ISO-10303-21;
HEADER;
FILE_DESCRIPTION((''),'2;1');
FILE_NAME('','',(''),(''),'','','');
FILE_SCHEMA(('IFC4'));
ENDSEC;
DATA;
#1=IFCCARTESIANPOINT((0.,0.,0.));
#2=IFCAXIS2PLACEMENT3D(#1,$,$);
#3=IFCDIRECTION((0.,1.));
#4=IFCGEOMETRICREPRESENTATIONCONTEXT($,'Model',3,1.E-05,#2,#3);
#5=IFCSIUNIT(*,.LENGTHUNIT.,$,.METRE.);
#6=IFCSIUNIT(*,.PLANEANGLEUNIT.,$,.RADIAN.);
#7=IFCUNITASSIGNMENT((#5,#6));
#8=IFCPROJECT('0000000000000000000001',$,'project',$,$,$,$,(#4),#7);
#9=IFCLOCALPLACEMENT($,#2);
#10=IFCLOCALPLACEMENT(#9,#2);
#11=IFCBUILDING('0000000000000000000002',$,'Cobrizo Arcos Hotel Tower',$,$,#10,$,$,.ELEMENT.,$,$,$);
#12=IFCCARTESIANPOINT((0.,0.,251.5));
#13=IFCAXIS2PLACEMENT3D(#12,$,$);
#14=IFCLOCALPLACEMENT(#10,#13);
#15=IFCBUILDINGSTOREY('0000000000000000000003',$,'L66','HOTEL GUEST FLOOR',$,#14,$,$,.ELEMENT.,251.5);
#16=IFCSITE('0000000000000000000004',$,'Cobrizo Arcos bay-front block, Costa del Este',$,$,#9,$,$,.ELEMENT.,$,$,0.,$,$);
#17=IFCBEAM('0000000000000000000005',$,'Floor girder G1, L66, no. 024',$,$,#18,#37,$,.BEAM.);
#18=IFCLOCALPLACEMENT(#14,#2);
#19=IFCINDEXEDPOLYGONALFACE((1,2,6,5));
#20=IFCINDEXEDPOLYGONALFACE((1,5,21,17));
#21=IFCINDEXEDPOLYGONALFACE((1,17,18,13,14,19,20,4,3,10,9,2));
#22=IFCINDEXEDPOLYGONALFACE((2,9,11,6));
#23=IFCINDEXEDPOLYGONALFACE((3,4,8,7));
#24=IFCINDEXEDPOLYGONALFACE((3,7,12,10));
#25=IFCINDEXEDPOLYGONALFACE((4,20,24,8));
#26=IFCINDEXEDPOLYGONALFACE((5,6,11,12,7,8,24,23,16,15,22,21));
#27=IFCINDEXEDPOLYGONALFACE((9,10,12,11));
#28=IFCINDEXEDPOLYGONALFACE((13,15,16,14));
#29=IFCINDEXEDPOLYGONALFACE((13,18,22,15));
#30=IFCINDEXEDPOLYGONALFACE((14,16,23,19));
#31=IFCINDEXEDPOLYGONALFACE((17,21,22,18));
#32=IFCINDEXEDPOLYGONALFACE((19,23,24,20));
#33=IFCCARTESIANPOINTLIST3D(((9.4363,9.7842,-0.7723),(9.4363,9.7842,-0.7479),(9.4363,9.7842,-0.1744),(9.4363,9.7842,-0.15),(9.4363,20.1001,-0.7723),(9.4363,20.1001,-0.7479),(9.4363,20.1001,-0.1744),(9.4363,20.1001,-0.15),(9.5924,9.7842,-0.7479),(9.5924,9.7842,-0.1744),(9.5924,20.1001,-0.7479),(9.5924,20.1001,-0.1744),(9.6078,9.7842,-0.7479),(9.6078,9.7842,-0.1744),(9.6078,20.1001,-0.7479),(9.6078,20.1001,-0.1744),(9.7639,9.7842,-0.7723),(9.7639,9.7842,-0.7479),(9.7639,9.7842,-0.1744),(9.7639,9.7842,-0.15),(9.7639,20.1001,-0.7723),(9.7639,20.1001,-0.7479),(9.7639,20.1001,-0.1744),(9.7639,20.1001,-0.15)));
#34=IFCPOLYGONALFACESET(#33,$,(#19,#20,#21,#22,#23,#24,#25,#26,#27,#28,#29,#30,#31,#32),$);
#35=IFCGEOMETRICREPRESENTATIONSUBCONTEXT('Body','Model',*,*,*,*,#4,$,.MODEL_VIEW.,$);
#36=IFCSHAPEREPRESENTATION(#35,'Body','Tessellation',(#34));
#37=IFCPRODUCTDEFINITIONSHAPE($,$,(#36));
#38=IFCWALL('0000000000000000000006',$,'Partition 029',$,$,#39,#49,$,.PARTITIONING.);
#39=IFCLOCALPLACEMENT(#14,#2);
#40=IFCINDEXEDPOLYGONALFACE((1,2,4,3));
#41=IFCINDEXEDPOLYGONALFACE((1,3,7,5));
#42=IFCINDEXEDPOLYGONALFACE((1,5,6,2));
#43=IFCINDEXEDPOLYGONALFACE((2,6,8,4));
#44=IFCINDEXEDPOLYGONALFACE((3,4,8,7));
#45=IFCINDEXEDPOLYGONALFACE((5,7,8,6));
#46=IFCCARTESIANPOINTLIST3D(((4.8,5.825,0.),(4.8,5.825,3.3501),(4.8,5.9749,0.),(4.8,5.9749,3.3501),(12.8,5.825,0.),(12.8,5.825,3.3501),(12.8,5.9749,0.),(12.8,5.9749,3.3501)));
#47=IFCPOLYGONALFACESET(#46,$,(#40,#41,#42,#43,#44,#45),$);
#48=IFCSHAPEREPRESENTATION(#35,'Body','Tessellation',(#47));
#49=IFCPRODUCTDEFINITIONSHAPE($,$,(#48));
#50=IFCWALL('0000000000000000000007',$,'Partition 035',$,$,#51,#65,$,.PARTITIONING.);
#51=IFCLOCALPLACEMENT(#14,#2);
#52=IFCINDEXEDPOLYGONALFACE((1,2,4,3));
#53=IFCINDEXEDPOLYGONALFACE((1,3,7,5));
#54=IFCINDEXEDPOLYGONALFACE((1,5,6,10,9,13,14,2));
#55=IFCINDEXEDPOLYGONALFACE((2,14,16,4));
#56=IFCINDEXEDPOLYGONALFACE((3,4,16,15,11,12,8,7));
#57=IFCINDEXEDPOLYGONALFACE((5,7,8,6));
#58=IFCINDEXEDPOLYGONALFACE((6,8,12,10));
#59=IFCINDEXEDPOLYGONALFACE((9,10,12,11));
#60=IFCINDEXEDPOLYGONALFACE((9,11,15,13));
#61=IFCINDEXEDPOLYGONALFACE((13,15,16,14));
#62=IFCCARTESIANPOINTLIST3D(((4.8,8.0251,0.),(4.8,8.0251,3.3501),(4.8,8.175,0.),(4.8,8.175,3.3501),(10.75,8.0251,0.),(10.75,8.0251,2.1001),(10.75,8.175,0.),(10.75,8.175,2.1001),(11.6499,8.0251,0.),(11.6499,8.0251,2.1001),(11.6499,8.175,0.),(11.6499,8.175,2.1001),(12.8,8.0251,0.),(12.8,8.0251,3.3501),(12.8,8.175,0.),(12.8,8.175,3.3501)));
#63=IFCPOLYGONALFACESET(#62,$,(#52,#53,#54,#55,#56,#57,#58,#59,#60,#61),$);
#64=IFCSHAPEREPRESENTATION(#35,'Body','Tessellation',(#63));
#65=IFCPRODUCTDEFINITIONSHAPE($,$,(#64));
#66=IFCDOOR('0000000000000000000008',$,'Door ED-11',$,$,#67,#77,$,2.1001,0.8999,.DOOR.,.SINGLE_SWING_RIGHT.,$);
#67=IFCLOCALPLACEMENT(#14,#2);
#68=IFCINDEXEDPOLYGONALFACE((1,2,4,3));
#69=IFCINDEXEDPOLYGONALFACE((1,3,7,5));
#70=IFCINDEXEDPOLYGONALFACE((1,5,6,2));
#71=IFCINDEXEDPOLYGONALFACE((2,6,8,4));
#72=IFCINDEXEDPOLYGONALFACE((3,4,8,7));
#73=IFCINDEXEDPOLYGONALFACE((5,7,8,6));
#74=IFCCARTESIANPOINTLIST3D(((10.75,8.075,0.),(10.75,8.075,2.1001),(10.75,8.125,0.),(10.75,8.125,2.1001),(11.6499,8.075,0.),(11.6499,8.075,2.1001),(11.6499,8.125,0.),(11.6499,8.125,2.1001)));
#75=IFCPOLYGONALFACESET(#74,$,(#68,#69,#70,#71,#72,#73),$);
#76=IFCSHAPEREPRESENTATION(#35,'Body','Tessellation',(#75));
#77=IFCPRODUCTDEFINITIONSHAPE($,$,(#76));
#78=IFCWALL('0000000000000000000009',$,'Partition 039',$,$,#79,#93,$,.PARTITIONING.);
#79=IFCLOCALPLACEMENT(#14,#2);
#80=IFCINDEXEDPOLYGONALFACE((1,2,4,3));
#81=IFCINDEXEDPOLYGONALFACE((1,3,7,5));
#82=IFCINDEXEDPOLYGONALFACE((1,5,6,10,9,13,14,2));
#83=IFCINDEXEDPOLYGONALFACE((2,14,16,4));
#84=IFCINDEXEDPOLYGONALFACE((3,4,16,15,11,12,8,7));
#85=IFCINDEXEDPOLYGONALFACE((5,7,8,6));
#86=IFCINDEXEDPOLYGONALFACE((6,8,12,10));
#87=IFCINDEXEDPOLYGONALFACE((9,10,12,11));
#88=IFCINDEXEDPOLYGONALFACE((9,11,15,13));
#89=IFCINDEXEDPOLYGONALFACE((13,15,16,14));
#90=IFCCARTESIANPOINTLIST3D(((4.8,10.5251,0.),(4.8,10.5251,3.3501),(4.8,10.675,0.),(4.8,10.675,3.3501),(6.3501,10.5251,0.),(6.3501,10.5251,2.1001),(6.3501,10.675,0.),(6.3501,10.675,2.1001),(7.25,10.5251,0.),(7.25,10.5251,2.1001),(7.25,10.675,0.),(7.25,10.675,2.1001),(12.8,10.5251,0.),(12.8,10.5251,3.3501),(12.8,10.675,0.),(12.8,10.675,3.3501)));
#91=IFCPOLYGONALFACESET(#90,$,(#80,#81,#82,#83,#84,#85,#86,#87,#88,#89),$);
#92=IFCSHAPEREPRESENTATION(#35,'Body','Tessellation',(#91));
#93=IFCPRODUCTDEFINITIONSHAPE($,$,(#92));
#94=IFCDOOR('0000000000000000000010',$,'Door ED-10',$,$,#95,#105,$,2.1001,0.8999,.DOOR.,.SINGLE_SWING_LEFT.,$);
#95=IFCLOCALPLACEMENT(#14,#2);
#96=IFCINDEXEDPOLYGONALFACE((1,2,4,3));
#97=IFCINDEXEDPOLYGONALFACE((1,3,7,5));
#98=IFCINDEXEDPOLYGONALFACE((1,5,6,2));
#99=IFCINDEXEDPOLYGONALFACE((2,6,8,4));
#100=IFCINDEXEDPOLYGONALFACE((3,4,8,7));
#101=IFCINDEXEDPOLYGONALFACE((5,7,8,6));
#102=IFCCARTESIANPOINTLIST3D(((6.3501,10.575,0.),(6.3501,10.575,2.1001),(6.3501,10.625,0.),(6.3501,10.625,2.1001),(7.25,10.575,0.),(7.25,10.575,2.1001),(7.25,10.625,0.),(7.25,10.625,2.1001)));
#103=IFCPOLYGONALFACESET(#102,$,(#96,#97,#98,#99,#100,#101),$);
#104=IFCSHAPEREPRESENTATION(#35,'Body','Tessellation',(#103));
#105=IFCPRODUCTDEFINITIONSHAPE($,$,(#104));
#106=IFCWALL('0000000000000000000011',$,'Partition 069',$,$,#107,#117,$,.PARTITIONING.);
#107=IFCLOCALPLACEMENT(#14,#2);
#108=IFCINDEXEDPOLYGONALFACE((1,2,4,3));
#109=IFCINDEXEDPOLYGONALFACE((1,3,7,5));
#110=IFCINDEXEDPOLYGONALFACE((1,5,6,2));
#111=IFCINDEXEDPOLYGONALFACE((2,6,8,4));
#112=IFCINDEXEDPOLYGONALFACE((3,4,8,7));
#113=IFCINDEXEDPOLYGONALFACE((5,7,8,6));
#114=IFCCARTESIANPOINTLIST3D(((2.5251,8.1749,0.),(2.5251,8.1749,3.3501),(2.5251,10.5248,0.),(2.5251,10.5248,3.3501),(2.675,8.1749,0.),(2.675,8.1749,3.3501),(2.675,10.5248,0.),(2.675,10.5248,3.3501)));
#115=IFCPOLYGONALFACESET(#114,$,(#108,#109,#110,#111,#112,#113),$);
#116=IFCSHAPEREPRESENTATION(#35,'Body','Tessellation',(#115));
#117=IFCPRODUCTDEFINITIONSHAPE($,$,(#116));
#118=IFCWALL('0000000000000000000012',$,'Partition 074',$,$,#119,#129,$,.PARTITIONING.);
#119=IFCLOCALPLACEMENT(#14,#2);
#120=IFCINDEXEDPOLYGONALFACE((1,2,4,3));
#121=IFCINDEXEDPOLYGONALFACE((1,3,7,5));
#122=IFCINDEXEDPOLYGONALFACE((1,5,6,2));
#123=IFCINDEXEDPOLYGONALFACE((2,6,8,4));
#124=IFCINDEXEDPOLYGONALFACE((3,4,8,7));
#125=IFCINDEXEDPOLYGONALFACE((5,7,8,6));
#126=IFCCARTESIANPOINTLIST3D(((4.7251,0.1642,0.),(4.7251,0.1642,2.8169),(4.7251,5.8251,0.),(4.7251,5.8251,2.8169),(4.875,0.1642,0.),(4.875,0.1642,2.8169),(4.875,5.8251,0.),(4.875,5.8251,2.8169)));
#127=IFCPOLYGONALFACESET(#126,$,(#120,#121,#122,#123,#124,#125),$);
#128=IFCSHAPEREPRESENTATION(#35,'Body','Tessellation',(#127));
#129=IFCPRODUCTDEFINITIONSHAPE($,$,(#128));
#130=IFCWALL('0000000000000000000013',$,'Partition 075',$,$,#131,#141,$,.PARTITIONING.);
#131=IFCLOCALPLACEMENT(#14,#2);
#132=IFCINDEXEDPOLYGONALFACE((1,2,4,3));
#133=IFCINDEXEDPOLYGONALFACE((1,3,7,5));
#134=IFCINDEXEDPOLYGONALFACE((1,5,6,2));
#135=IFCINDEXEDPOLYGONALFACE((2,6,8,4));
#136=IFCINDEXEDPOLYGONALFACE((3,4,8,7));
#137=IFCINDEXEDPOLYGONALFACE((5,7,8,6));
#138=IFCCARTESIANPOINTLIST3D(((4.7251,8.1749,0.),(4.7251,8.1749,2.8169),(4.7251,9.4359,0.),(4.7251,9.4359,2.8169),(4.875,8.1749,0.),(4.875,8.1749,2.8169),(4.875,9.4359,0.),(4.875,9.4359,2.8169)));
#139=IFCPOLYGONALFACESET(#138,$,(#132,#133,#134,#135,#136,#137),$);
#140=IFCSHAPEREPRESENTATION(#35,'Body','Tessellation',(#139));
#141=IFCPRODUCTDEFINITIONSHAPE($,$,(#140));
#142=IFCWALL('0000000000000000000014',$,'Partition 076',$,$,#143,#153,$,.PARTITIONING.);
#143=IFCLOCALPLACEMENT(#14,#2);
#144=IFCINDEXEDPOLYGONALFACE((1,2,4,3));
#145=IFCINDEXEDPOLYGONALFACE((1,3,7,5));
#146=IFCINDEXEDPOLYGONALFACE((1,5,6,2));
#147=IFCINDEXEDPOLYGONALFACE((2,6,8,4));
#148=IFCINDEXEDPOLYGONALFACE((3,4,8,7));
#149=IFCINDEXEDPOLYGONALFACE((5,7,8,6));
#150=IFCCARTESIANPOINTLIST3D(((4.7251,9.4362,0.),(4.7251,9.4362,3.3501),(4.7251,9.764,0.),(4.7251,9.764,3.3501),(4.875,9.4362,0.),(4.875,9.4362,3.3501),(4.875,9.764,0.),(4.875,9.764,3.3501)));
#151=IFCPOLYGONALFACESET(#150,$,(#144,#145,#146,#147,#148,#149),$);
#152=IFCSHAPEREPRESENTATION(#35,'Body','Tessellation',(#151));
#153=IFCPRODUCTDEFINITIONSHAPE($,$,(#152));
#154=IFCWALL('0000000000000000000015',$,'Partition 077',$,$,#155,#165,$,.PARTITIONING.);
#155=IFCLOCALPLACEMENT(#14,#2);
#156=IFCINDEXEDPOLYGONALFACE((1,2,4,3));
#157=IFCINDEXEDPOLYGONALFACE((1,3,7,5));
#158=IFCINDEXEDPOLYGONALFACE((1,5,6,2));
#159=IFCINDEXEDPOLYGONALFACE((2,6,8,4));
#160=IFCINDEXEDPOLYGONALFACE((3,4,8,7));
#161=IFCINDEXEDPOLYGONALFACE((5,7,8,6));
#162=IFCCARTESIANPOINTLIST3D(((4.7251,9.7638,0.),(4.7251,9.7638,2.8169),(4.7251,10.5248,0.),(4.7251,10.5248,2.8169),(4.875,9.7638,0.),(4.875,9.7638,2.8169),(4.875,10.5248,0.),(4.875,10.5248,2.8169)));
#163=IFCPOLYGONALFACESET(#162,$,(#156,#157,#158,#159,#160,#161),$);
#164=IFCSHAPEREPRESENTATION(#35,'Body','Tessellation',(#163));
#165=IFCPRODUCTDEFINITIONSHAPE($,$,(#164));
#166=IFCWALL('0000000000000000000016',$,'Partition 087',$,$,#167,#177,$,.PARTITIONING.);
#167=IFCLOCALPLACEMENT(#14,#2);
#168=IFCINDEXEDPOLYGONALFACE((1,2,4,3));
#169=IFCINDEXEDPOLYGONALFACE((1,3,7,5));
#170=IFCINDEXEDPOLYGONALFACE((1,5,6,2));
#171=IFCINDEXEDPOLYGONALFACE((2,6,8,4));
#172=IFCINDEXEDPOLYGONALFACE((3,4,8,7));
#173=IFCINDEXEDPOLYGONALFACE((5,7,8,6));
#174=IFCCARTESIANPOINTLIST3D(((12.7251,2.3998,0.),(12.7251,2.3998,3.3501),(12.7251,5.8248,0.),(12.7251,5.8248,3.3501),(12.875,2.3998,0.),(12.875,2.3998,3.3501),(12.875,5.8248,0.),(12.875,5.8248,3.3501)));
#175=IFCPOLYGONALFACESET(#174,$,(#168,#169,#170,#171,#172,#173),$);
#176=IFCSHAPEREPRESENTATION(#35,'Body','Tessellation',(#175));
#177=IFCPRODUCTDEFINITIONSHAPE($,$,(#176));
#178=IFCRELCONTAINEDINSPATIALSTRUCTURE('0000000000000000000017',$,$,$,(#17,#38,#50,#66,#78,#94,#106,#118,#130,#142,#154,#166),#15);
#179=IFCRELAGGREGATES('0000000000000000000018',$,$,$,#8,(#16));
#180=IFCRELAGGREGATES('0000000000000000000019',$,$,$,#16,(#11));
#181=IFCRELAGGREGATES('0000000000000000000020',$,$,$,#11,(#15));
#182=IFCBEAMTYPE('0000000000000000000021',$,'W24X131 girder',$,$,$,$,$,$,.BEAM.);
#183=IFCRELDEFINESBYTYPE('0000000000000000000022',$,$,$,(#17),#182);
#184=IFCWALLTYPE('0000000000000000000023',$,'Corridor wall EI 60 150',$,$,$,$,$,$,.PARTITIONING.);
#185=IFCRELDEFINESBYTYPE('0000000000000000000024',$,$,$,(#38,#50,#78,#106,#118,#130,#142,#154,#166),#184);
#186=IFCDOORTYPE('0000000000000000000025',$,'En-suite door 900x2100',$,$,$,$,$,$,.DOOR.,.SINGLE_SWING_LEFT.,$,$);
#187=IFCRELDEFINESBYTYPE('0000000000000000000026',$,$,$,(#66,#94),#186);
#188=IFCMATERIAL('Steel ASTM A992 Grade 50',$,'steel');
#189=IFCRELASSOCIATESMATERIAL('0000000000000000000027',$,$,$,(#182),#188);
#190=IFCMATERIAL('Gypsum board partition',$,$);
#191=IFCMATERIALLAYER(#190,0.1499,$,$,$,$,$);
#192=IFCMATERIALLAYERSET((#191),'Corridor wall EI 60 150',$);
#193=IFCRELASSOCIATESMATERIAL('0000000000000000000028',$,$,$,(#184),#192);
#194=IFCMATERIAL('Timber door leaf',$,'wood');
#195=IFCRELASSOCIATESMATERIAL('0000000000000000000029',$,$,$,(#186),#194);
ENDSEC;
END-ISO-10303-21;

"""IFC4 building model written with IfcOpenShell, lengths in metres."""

from ifc_helpers import new_model, si_unit, direction, frame, frame_2d, origin, origin_2d, place, context, subcontext, project, spatial, rectangle, i_section, extrude, material, layer, layer_set, material_profile, profile_set, type_object, element, fill, save


model = new_model("IFC4")

# Units and contexts
model_context = context("Model", 3, precision=1e-05, world=origin(), true_north=direction((0.0, 1.0)))
body_context = subcontext(model_context, "Body", "Model", "MODEL_VIEW")
ifc_project = project(units=[si_unit("LENGTHUNIT", "METRE"), si_unit("PLANEANGLEUNIT", "RADIAN")], contexts=[model_context])

# Site, building, storey
site_placement = place(None, origin())
site = spatial("IfcSite", under=ifc_project, at=site_placement, Name="Cobrizo Arcos bay-front block, Costa del Este", CompositionType="ELEMENT", RefElevation=0.0)
building_placement = place(site_placement, origin())
building = spatial("IfcBuilding", under=site, at=building_placement, Name="Cobrizo Arcos Hotel Tower", CompositionType="ELEMENT")
storey_placement = place(building_placement, frame((0.0, 0.0, 251.5)))
storey = spatial("IfcBuildingStorey", under=building, at=storey_placement, Name="L66", Description="HOTEL GUEST FLOOR", CompositionType="ELEMENT", Elevation=251.5)

# Shared definitions
ifc_material_1 = material(Name="Steel ASTM A992 Grade 50", Category="steel")

# Beam
ifc_material_profile_1 = material_profile(ifc_material_1, i_section(OverallWidth=0.3276, OverallDepth=0.6223, WebThickness=0.0154, FlangeThickness=0.0244, at=origin_2d()), Name="W24X131")
ifc_profile_set_1 = profile_set([ifc_material_profile_1], Name="Steel ASTM A992 Grade 50")
beam_type_1 = type_object("IfcBeamType", Name="W24X131 girder", PredefinedType="BEAM", material=ifc_profile_set_1)
beam_1_placement = place(storey_placement, frame((9.6001, 9.7842, -0.4612), z_axis=(0.0, 1.0, 0.0), x_axis=(-1.0, 0.0, 0.0)))
element("IfcBeam", 1, at=beam_1_placement, inside=storey, type_object=beam_type_1, Name="Floor girder G1, L66, no. 024", PredefinedType="BEAM", context=body_context, shape_type="SweptSolid", body=[
    extrude(i_section(OverallWidth=0.3276, OverallDepth=0.6223, WebThickness=0.0154, FlangeThickness=0.0244, at=origin_2d()), origin(), (0.0, 0.0, 1.0), 10.3159),
])

# Wall
ifc_material_2 = material(Name="Gypsum board partition")
ifc_layer_1 = layer(ifc_material_2, 0.1499)
ifc_layer_set_1 = layer_set([ifc_layer_1], Name="Corridor wall EI 60 150")
wall_type_1 = type_object("IfcWallType", Name="Corridor wall EI 60 150", PredefinedType="PARTITIONING", material=ifc_layer_set_1)
wall_1_placement = place(storey_placement, frame((4.8, 5.8999, 0.0), z_axis=(0.0, 0.0, 1.0), x_axis=(1.0, 0.0, 0.0)))
element("IfcWall", 2, at=wall_1_placement, inside=storey, type_object=wall_type_1, Name="Partition 029", PredefinedType="PARTITIONING", context=body_context, shape_type="SweptSolid", body=[
    extrude(rectangle(XDim=8.0, YDim=0.1499, at=frame_2d((4.0, 0.0))), origin(), (0.0, 0.0, 1.0), 3.3501),
])

# Walls, openings, doors
wall_2_placement = place(storey_placement, frame((4.8, 8.1001, 0.0), z_axis=(0.0, 0.0, 1.0), x_axis=(1.0, 0.0, 0.0)))
wall_2 = element("IfcWall", 3, at=wall_2_placement, inside=storey, type_object=wall_type_1, Name="Partition 035", PredefinedType="PARTITIONING", context=body_context, shape_type="SweptSolid", body=[
    extrude(rectangle(XDim=8.0, YDim=0.1499, at=frame_2d((4.0, 0.0))), origin(), (0.0, 0.0, 1.0), 3.3501),
])
opening_1_placement = place(wall_2_placement, frame((5.95, 0.0, 0.0)))
opening_1 = element("IfcOpeningElement", 4, at=opening_1_placement, cuts=wall_2, PredefinedType="OPENING", context=body_context, shape_type="SweptSolid", body=[
    extrude(rectangle(XDim=0.8999, YDim=2.1001, at=frame_2d((0.45, 1.05))), frame((0.0, 0.0869, 0.0), z_axis=(0.0, -1.0, 0.0), x_axis=(1.0, 0.0, 0.0)), (0.0, 0.0, 1.0), 0.1738),
])
ifc_material_3 = material(Name="Timber door leaf", Category="wood")
door_type_1 = type_object("IfcDoorType", Name="En-suite door 900x2100", OperationType="SINGLE_SWING_LEFT", PredefinedType="DOOR", material=ifc_material_3)
door_1_placement = place(opening_1_placement, origin())
door_1 = element("IfcDoor", 5, at=door_1_placement, inside=storey, type_object=door_type_1, Name="Door ED-11", OperationType="SINGLE_SWING_RIGHT", OverallHeight=2.1001, OverallWidth=0.8999, PredefinedType="DOOR", context=body_context, shape_type="SweptSolid", body=[
    extrude(rectangle(XDim=0.8999, YDim=2.1001, at=frame_2d((0.45, 1.05))), frame((0.0, 0.0249, 0.0), z_axis=(0.0, -1.0, 0.0), x_axis=(1.0, 0.0, 0.0)), (0.0, 0.0, 1.0), 0.05),
])
fill(opening_1, door_1)
wall_3_placement = place(storey_placement, frame((4.8, 10.6001, 0.0), z_axis=(0.0, 0.0, 1.0), x_axis=(1.0, 0.0, 0.0)))
wall_3 = element("IfcWall", 6, at=wall_3_placement, inside=storey, type_object=wall_type_1, Name="Partition 039", PredefinedType="PARTITIONING", context=body_context, shape_type="SweptSolid", body=[
    extrude(rectangle(XDim=8.0, YDim=0.1499, at=frame_2d((4.0, 0.0))), origin(), (0.0, 0.0, 1.0), 3.3501),
])
opening_2_placement = place(wall_3_placement, frame((1.55, 0.0, 0.0)))
opening_2 = element("IfcOpeningElement", 7, at=opening_2_placement, cuts=wall_3, PredefinedType="OPENING", context=body_context, shape_type="SweptSolid", body=[
    extrude(rectangle(XDim=0.8999, YDim=2.1001, at=frame_2d((0.45, 1.05))), frame((0.0, 0.0869, 0.0), z_axis=(0.0, -1.0, 0.0), x_axis=(1.0, 0.0, 0.0)), (0.0, 0.0, 1.0), 0.1738),
])
door_2_placement = place(opening_2_placement, origin())
door_2 = element("IfcDoor", 8, at=door_2_placement, inside=storey, type_object=door_type_1, Name="Door ED-10", OperationType="SINGLE_SWING_LEFT", OverallHeight=2.1001, OverallWidth=0.8999, PredefinedType="DOOR", context=body_context, shape_type="SweptSolid", body=[
    extrude(rectangle(XDim=0.8999, YDim=2.1001, at=frame_2d((0.45, 1.05))), frame((0.0, 0.0249, 0.0), z_axis=(0.0, -1.0, 0.0), x_axis=(1.0, 0.0, 0.0)), (0.0, 0.0, 1.0), 0.05),
])
fill(opening_2, door_2)

# Walls
wall_4_placement = place(storey_placement, frame((2.6001, 8.175, 0.0), z_axis=(0.0, 0.0, 1.0), x_axis=(0.0, 1.0, 0.0)))
element("IfcWall", 9, at=wall_4_placement, inside=storey, type_object=wall_type_1, Name="Partition 069", PredefinedType="PARTITIONING", context=body_context, shape_type="SweptSolid", body=[
    extrude(rectangle(XDim=2.3499, YDim=0.1499, at=frame_2d((1.1748, 0.0))), origin(), (0.0, 0.0, 1.0), 3.3501),
])
wall_5_placement = place(storey_placement, frame((4.8, 0.1641, 0.0), z_axis=(0.0, 0.0, 1.0), x_axis=(0.0, 1.0, 0.0)))
element("IfcWall", 10, at=wall_5_placement, inside=storey, type_object=wall_type_1, Name="Partition 074", PredefinedType="PARTITIONING", context=body_context, shape_type="SweptSolid", body=[
    extrude(rectangle(XDim=5.6609, YDim=0.1499, at=frame_2d((2.8306, 0.0))), origin(), (0.0, 0.0, 1.0), 2.8169),
])
wall_6_placement = place(storey_placement, frame((4.8, 8.175, 0.0), z_axis=(0.0, 0.0, 1.0), x_axis=(0.0, 1.0, 0.0)))
element("IfcWall", 11, at=wall_6_placement, inside=storey, type_object=wall_type_1, Name="Partition 075", PredefinedType="PARTITIONING", context=body_context, shape_type="SweptSolid", body=[
    extrude(rectangle(XDim=1.261, YDim=0.1499, at=frame_2d((0.6304, 0.0))), origin(), (0.0, 0.0, 1.0), 2.8169),
])
wall_7_placement = place(storey_placement, frame((4.8, 9.436, 0.0), z_axis=(0.0, 0.0, 1.0), x_axis=(0.0, 1.0, 0.0)))
element("IfcWall", 12, at=wall_7_placement, inside=storey, type_object=wall_type_1, Name="Partition 076", PredefinedType="PARTITIONING", context=body_context, shape_type="SweptSolid", body=[
    extrude(rectangle(XDim=0.3279, YDim=0.1499, at=frame_2d((0.1641, 0.0))), origin(), (0.0, 0.0, 1.0), 3.3501),
])
wall_8_placement = place(storey_placement, frame((4.8, 9.7639, 0.0), z_axis=(0.0, 0.0, 1.0), x_axis=(0.0, 1.0, 0.0)))
element("IfcWall", 13, at=wall_8_placement, inside=storey, type_object=wall_type_1, Name="Partition 077", PredefinedType="PARTITIONING", context=body_context, shape_type="SweptSolid", body=[
    extrude(rectangle(XDim=0.761, YDim=0.1499, at=frame_2d((0.3804, 0.0))), origin(), (0.0, 0.0, 1.0), 2.8169),
])
wall_9_placement = place(storey_placement, frame((12.8, 2.3999, 0.0), z_axis=(0.0, 0.0, 1.0), x_axis=(0.0, 1.0, 0.0)))
element("IfcWall", 14, at=wall_9_placement, inside=storey, type_object=wall_type_1, Name="Partition 087", PredefinedType="PARTITIONING", context=body_context, shape_type="SweptSolid", body=[
    extrude(rectangle(XDim=3.425, YDim=0.1499, at=frame_2d((1.7124, 0.0))), origin(), (0.0, 0.0, 1.0), 3.3501),
])

save(model, "model.ifc")
